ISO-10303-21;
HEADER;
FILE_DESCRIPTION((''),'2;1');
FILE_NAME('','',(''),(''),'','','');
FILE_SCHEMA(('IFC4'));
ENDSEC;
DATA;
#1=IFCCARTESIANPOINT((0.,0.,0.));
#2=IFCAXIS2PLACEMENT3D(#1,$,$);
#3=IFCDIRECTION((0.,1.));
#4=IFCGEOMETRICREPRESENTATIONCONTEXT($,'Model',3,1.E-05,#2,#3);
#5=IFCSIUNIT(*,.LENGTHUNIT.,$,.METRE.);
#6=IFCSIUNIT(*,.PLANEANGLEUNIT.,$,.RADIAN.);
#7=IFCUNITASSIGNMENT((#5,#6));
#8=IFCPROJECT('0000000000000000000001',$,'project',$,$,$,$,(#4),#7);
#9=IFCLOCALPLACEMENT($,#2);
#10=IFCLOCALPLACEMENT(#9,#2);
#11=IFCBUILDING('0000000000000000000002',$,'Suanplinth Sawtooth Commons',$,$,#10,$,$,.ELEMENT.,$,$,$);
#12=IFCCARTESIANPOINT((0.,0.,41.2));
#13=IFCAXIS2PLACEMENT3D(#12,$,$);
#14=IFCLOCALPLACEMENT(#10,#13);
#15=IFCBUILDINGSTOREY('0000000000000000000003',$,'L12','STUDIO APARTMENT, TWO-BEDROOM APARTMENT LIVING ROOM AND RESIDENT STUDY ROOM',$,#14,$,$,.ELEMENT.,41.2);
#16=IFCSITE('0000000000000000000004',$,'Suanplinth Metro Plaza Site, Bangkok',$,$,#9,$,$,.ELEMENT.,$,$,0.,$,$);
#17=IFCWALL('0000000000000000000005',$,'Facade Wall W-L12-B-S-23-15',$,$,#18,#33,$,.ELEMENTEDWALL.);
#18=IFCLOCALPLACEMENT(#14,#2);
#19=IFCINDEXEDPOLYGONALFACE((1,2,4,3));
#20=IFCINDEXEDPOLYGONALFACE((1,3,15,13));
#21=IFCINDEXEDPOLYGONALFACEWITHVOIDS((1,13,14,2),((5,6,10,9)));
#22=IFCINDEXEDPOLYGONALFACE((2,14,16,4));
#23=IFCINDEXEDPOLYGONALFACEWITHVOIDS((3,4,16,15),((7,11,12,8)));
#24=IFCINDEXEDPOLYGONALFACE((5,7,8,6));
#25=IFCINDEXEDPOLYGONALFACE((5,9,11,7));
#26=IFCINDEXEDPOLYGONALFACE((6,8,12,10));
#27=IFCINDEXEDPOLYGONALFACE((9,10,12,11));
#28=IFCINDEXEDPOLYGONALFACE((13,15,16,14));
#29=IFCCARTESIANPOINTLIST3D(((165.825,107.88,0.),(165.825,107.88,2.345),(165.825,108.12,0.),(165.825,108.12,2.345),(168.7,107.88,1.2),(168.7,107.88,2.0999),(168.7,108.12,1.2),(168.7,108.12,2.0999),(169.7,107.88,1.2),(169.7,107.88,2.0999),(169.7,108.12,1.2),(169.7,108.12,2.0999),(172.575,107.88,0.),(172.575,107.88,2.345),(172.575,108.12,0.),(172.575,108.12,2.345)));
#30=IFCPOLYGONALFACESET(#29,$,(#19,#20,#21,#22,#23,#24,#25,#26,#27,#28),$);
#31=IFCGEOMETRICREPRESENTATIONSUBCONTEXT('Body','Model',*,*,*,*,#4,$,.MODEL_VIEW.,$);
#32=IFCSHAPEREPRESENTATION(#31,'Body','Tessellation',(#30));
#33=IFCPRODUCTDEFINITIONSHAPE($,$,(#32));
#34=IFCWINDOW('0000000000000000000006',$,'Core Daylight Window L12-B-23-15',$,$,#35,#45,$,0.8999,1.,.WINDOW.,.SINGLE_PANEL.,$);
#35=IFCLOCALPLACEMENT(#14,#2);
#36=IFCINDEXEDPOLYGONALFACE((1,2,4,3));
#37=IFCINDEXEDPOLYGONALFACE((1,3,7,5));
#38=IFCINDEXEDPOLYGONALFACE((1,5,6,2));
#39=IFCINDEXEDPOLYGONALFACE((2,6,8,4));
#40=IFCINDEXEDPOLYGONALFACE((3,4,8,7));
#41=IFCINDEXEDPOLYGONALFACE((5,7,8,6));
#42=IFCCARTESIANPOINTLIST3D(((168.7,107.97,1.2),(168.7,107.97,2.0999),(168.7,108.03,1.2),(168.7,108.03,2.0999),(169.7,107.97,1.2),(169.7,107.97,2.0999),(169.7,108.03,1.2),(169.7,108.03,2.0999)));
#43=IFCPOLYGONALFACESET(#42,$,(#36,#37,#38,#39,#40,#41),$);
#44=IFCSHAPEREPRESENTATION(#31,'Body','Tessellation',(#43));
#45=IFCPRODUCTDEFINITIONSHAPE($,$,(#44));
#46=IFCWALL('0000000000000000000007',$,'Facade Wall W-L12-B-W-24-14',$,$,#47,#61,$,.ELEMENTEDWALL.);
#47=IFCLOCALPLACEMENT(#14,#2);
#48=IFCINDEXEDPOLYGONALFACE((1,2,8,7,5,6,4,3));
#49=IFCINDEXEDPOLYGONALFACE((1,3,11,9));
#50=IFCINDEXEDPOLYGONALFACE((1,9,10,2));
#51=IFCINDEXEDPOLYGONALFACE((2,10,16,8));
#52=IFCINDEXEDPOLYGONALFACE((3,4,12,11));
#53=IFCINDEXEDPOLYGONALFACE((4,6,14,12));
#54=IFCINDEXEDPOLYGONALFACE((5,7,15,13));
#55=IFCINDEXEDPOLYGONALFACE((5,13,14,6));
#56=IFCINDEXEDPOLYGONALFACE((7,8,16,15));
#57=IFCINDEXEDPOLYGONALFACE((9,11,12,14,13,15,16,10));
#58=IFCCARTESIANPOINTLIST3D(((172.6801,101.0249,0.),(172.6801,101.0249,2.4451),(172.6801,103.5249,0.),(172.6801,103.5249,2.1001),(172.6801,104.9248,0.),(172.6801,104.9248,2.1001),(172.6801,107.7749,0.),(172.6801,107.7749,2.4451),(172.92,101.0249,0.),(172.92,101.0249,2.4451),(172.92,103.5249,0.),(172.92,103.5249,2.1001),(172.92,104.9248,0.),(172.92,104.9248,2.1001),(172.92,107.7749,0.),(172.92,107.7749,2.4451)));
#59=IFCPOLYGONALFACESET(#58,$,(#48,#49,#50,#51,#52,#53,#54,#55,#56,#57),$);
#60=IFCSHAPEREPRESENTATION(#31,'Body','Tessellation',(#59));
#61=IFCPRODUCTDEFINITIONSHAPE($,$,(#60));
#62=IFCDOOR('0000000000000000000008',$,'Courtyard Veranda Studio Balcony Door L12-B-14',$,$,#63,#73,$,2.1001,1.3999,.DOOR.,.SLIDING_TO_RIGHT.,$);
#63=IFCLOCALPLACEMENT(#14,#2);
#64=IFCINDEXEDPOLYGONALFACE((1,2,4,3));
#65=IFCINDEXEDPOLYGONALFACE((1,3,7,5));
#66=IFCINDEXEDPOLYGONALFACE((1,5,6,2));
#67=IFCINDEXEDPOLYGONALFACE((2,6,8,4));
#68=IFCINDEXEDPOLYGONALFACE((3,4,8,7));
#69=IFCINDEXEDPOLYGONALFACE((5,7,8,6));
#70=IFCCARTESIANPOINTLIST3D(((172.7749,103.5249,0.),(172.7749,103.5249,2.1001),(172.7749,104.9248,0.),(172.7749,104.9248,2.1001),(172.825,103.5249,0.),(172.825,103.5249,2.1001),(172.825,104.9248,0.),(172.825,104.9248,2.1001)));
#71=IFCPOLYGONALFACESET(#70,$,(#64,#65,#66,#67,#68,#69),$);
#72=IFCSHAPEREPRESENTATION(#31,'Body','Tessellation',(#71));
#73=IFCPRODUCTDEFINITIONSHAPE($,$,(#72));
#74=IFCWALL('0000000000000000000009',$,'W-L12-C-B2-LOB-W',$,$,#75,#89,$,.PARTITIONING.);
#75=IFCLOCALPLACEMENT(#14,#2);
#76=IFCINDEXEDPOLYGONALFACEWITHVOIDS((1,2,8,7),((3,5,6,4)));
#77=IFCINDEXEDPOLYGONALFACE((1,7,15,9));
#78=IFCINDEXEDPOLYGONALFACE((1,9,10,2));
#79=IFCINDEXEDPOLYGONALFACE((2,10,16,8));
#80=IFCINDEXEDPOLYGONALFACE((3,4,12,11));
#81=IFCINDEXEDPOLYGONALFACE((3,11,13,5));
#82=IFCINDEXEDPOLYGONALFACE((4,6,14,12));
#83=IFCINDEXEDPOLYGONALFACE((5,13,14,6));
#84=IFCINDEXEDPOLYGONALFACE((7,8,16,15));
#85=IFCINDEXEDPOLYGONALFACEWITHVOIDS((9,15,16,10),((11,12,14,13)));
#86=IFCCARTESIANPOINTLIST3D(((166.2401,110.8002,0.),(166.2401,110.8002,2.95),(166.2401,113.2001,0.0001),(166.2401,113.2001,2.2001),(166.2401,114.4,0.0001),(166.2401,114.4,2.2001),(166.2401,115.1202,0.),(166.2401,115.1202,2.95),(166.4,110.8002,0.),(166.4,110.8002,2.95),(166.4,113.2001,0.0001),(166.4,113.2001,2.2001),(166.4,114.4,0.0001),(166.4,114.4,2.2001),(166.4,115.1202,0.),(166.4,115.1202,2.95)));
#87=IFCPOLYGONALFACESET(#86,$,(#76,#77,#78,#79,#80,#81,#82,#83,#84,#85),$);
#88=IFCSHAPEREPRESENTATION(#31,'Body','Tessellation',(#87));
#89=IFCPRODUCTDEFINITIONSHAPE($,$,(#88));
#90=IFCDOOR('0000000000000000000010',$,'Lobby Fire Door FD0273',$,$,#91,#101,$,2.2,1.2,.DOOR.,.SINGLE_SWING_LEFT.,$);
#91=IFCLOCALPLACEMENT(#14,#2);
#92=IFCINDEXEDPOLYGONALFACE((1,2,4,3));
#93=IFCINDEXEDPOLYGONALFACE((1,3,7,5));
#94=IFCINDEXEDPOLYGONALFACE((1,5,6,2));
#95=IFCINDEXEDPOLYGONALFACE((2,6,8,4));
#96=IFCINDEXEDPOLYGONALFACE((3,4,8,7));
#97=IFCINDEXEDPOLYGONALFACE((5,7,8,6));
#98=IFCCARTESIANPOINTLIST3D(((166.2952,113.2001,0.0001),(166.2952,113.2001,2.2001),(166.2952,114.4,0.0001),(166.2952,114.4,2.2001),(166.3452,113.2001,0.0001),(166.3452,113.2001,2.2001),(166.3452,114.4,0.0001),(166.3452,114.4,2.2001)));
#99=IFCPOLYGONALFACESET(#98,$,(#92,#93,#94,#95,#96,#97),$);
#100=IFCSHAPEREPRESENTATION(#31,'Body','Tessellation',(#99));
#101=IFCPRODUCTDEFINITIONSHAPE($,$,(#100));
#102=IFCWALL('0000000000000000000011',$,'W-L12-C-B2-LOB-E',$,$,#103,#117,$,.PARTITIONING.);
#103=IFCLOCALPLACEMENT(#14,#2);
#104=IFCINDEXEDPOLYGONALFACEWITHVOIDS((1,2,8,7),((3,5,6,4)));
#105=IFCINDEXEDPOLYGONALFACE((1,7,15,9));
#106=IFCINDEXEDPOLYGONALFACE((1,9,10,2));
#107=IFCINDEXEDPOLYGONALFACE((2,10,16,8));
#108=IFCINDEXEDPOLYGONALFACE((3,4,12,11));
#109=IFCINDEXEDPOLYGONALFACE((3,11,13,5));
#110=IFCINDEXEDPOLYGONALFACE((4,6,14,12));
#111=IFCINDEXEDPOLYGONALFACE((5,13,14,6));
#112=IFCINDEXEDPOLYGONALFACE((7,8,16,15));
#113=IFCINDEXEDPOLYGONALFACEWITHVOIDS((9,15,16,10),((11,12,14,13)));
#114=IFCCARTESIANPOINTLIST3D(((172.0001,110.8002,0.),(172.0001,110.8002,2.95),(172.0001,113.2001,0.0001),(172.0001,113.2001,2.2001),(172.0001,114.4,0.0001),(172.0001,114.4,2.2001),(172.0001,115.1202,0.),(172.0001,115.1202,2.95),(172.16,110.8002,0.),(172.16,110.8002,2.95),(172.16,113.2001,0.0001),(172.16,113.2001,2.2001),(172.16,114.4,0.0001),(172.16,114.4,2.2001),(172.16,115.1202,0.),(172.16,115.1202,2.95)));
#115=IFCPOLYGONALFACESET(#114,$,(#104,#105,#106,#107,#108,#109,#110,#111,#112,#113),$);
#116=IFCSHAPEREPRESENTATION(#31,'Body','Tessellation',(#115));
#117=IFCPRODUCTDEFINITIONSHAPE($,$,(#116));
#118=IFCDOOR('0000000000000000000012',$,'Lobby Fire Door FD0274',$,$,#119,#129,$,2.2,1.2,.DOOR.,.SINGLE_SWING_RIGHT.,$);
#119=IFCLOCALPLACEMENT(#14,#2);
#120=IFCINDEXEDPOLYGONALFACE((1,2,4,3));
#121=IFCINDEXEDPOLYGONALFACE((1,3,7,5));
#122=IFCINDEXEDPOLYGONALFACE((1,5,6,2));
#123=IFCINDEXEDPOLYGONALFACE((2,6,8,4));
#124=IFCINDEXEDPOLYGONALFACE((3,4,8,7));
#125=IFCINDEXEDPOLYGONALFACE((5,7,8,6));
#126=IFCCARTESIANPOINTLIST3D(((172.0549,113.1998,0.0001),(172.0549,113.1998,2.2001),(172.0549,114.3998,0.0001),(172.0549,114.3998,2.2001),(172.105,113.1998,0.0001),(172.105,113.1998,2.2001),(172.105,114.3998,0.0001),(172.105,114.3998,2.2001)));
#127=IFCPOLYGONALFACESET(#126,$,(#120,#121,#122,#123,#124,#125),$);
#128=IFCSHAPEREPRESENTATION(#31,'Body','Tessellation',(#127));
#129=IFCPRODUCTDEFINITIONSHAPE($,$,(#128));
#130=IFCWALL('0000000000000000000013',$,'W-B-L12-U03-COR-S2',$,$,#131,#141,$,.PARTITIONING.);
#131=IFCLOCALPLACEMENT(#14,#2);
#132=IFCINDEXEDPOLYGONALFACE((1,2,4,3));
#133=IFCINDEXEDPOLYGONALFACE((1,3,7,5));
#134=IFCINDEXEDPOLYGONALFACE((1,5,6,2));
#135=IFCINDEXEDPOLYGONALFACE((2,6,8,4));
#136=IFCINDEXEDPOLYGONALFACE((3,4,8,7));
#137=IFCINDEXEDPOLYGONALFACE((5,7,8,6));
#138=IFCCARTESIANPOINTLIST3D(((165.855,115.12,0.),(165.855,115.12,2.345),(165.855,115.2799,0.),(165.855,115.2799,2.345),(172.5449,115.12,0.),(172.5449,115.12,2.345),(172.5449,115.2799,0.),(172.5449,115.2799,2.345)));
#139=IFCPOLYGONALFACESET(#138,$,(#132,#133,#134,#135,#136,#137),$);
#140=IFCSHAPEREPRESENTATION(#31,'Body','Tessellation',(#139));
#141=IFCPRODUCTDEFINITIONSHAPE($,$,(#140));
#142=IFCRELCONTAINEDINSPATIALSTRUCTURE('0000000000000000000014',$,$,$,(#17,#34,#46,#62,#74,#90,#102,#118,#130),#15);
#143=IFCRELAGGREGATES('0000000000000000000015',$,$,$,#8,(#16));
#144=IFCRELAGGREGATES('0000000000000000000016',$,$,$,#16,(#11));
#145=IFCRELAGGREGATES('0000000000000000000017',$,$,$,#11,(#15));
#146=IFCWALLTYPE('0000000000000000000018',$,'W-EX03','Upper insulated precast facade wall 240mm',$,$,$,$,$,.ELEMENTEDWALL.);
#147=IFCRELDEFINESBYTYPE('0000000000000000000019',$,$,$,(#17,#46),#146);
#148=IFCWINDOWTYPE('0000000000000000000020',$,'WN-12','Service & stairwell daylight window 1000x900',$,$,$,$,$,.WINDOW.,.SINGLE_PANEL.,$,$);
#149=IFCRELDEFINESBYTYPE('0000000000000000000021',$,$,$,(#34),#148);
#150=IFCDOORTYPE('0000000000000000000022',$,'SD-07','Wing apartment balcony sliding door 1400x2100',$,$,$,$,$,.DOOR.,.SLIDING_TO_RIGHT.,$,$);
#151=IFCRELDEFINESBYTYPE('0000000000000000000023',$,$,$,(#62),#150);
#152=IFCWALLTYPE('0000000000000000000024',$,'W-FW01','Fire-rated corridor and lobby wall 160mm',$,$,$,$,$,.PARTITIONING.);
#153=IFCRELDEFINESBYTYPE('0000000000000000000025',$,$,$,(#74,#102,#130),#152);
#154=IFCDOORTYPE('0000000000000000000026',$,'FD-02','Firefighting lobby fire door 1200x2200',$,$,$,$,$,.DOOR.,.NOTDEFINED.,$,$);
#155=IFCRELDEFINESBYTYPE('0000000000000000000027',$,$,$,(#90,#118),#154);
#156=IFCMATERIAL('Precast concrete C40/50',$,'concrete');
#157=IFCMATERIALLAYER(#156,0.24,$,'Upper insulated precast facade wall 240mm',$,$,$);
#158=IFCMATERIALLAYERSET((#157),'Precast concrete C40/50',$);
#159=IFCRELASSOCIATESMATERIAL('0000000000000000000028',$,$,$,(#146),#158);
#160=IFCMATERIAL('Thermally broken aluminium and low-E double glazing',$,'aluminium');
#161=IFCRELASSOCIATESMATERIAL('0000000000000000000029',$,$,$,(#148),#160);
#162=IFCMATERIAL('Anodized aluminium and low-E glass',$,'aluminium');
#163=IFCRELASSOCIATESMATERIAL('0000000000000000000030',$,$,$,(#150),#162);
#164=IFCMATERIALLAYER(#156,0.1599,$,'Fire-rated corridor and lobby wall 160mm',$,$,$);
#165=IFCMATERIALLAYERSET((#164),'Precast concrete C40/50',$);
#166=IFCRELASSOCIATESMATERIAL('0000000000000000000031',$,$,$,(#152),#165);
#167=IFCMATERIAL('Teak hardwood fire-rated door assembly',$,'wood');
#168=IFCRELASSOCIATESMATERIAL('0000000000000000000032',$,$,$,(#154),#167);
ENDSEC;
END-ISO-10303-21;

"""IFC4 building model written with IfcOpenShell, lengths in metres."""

from ifc_helpers import new_model, si_unit, direction, frame, frame_2d, origin, place, context, subcontext, project, spatial, rectangle, extrude, material, layer, layer_set, type_object, element, fill, save


model = new_model("IFC4")

# Units and contexts
model_context = context("Model", 3, precision=1e-05, world=origin(), true_north=direction((0.0, 1.0)))
body_context = subcontext(model_context, "Body", "Model", "MODEL_VIEW")
ifc_project = project(units=[si_unit("LENGTHUNIT", "METRE"), si_unit("PLANEANGLEUNIT", "RADIAN")], contexts=[model_context])

# Site, building, storey
site_placement = place(None, origin())
site = spatial("IfcSite", under=ifc_project, at=site_placement, Name="Suanplinth Metro Plaza Site, Bangkok", CompositionType="ELEMENT", RefElevation=0.0)
building_placement = place(site_placement, origin())
building = spatial("IfcBuilding", under=site, at=building_placement, Name="Suanplinth Sawtooth Commons", CompositionType="ELEMENT")
storey_placement = place(building_placement, frame((0.0, 0.0, 41.2)))
storey = spatial("IfcBuildingStorey", under=building, at=storey_placement, Name="L12", Description="STUDIO APARTMENT, TWO-BEDROOM APARTMENT LIVING ROOM AND RESIDENT STUDY ROOM", CompositionType="ELEMENT", Elevation=41.2)

# Shared definitions
ifc_material_1 = material(Name="Precast concrete C40/50", Category="concrete")

# Wall, opening, window
ifc_layer_1 = layer(ifc_material_1, 0.24, Name="Upper insulated precast facade wall 240mm")
ifc_layer_set_1 = layer_set([ifc_layer_1], Name="Precast concrete C40/50")
wall_type_1 = type_object("IfcWallType", Name="W-EX03", Description="Upper insulated precast facade wall 240mm", PredefinedType="ELEMENTEDWALL", material=ifc_layer_set_1)
wall_1_placement = place(storey_placement, frame((165.825, 108.0, 0.0), z_axis=(0.0, 0.0, 1.0), x_axis=(1.0, 0.0, 0.0)))
wall_1 = element("IfcWall", 1, at=wall_1_placement, inside=storey, type_object=wall_type_1, Name="Facade Wall W-L12-B-S-23-15", PredefinedType="ELEMENTEDWALL", context=body_context, shape_type="SweptSolid", body=[
    extrude(rectangle(XDim=6.75, YDim=0.24, at=frame_2d((3.375, 0.0))), origin(), (0.0, 0.0, 1.0), 2.345),
])
opening_1_placement = place(wall_1_placement, frame((2.875, 0.0, 1.2)))
opening_1 = element("IfcOpeningElement", 2, at=opening_1_placement, cuts=wall_1, PredefinedType="OPENING", context=body_context, shape_type="SweptSolid", body=[
    extrude(rectangle(XDim=1.0, YDim=0.8999, at=frame_2d((0.5, 0.45))), frame((0.0, 0.1348, 0.0), z_axis=(0.0, -1.0, 0.0), x_axis=(1.0, 0.0, 0.0)), (0.0, 0.0, 1.0), 0.2698),
])
ifc_material_2 = material(Name="Thermally broken aluminium and low-E double glazing", Category="aluminium")
window_type = type_object("IfcWindowType", Name="WN-12", Description="Service & stairwell daylight window 1000x900", PartitioningType="SINGLE_PANEL", PredefinedType="WINDOW", material=ifc_material_2)
window_placement = place(opening_1_placement, origin())
window = element("IfcWindow", 3, at=window_placement, inside=storey, type_object=window_type, Name="Core Daylight Window L12-B-23-15", OverallHeight=0.8999, OverallWidth=1.0, PartitioningType="SINGLE_PANEL", PredefinedType="WINDOW", context=body_context, shape_type="SweptSolid", body=[
    extrude(rectangle(XDim=1.0, YDim=0.8999, at=frame_2d((0.5, 0.45))), frame((0.0, 0.03, 0.0), z_axis=(0.0, -1.0, 0.0), x_axis=(1.0, 0.0, 0.0)), (0.0, 0.0, 1.0), 0.0601),
])
fill(opening_1, window)

# Walls, openings, doors
wall_2_placement = place(storey_placement, frame((172.8, 101.0249, 0.0), z_axis=(0.0, 0.0, 1.0), x_axis=(0.0, 1.0, 0.0)))
wall_2 = element("IfcWall", 4, at=wall_2_placement, inside=storey, type_object=wall_type_1, Name="Facade Wall W-L12-B-W-24-14", PredefinedType="ELEMENTEDWALL", context=body_context, shape_type="SweptSolid", body=[
    extrude(rectangle(XDim=6.75, YDim=0.24, at=frame_2d((3.375, 0.0))), origin(), (0.0, 0.0, 1.0), 2.4451),
])
opening_2_placement = place(wall_2_placement, frame((2.5, 0.0, 0.0)))
opening_2 = element("IfcOpeningElement", 5, at=opening_2_placement, cuts=wall_2, PredefinedType="OPENING", context=body_context, shape_type="SweptSolid", body=[
    extrude(rectangle(XDim=1.3999, YDim=2.1001, at=frame_2d((0.7, 1.05))), frame((0.0, 0.1348, 0.0), z_axis=(0.0, -1.0, 0.0), x_axis=(1.0, 0.0, 0.0)), (0.0, 0.0, 1.0), 0.2698),
])
ifc_material_3 = material(Name="Anodized aluminium and low-E glass", Category="aluminium")
door_type_1 = type_object("IfcDoorType", Name="SD-07", Description="Wing apartment balcony sliding door 1400x2100", OperationType="SLIDING_TO_RIGHT", PredefinedType="DOOR", material=ifc_material_3)
door_1_placement = place(opening_2_placement, frame((1.3999, 0.0, 0.0), z_axis=(0.0, 0.0, 1.0), x_axis=(-1.0, 0.0, 0.0)))
door_1 = element("IfcDoor", 6, at=door_1_placement, inside=storey, type_object=door_type_1, Name="Courtyard Veranda Studio Balcony Door L12-B-14", OperationType="SLIDING_TO_RIGHT", OverallHeight=2.1001, OverallWidth=1.3999, PredefinedType="DOOR", context=body_context, shape_type="SweptSolid", body=[
    extrude(rectangle(XDim=1.3999, YDim=2.1001, at=frame_2d((0.7, 1.05))), frame((0.0, 0.0249, 0.0), z_axis=(0.0, -1.0, 0.0), x_axis=(1.0, 0.0, 0.0)), (0.0, 0.0, 1.0), 0.05),
])
fill(opening_2, door_1)
ifc_layer_2 = layer(ifc_material_1, 0.1599, Name="Fire-rated corridor and lobby wall 160mm")
ifc_layer_set_2 = layer_set([ifc_layer_2], Name="Precast concrete C40/50")
wall_type_2 = type_object("IfcWallType", Name="W-FW01", Description="Fire-rated corridor and lobby wall 160mm", PredefinedType="PARTITIONING", material=ifc_layer_set_2)
wall_3_placement = place(storey_placement, frame((166.3201, 110.8, 0.0), z_axis=(0.0, 0.0, 1.0), x_axis=(0.0, 1.0, 0.0)))
wall_3 = element("IfcWall", 7, at=wall_3_placement, inside=storey, type_object=wall_type_2, Name="W-L12-C-B2-LOB-W", PredefinedType="PARTITIONING", context=body_context, shape_type="SweptSolid", body=[
    extrude(rectangle(XDim=4.3201, YDim=0.1599, at=frame_2d((2.1602, 0.0))), origin(), (0.0, 0.0, 1.0), 2.95),
])
opening_3_placement = place(wall_3_placement, frame((2.3999, 0.0, 0.0)))
opening_3 = element("IfcOpeningElement", 8, at=opening_3_placement, cuts=wall_3, PredefinedType="OPENING", context=body_context, shape_type="SweptSolid", body=[
    extrude(rectangle(XDim=1.2, YDim=2.2, at=frame_2d((0.6001, 1.1001))), frame((0.0, 0.0947, 0.0), z_axis=(0.0, -1.0, 0.0), x_axis=(1.0, 0.0, 0.0)), (0.0, 0.0, 1.0), 0.1897),
])
ifc_material_4 = material(Name="Teak hardwood fire-rated door assembly", Category="wood")
door_type_2 = type_object("IfcDoorType", Name="FD-02", Description="Firefighting lobby fire door 1200x2200", OperationType="NOTDEFINED", PredefinedType="DOOR", material=ifc_material_4)
door_2_placement = place(opening_3_placement, origin())
door_2 = element("IfcDoor", 9, at=door_2_placement, inside=storey, type_object=door_type_2, Name="Lobby Fire Door FD0273", OperationType="SINGLE_SWING_LEFT", OverallHeight=2.2, OverallWidth=1.2, PredefinedType="DOOR", context=body_context, shape_type="SweptSolid", body=[
    extrude(rectangle(XDim=1.2, YDim=2.2, at=frame_2d((0.6001, 1.1001))), frame((0.0, 0.0249, 0.0), z_axis=(0.0, -1.0, 0.0), x_axis=(1.0, 0.0, 0.0)), (0.0, 0.0, 1.0), 0.05),
])
fill(opening_3, door_2)
wall_4_placement = place(storey_placement, frame((172.0801, 110.8, 0.0), z_axis=(0.0, 0.0, 1.0), x_axis=(0.0, 1.0, 0.0)))
wall_4 = element("IfcWall", 10, at=wall_4_placement, inside=storey, type_object=wall_type_2, Name="W-L12-C-B2-LOB-E", PredefinedType="PARTITIONING", context=body_context, shape_type="SweptSolid", body=[
    extrude(rectangle(XDim=4.3201, YDim=0.1599, at=frame_2d((2.1602, 0.0))), origin(), (0.0, 0.0, 1.0), 2.95),
])
opening_4_placement = place(wall_4_placement, frame((2.3999, 0.0, 0.0)))
opening_4 = element("IfcOpeningElement", 11, at=opening_4_placement, cuts=wall_4, PredefinedType="OPENING", context=body_context, shape_type="SweptSolid", body=[
    extrude(rectangle(XDim=1.2, YDim=2.2, at=frame_2d((0.6001, 1.1001))), frame((0.0, 0.0947, 0.0), z_axis=(0.0, -1.0, 0.0), x_axis=(1.0, 0.0, 0.0)), (0.0, 0.0, 1.0), 0.1897),
])
door_3_placement = place(opening_4_placement, frame((1.2, 0.0, 0.0), z_axis=(0.0, 0.0, 1.0), x_axis=(-1.0, 0.0, 0.0)))
door_3 = element("IfcDoor", 12, at=door_3_placement, inside=storey, type_object=door_type_2, Name="Lobby Fire Door FD0274", OperationType="SINGLE_SWING_RIGHT", OverallHeight=2.2, OverallWidth=1.2, PredefinedType="DOOR", context=body_context, shape_type="SweptSolid", body=[
    extrude(rectangle(XDim=1.2, YDim=2.2, at=frame_2d((0.6001, 1.1001))), frame((0.0, 0.0249, 0.0), z_axis=(0.0, -1.0, 0.0), x_axis=(1.0, 0.0, 0.0)), (0.0, 0.0, 1.0), 0.05),
])
fill(opening_4, door_3)

# Wall
wall_5_placement = place(storey_placement, frame((165.855, 115.2, 0.0), z_axis=(0.0, 0.0, 1.0), x_axis=(1.0, 0.0, 0.0)))
element("IfcWall", 13, at=wall_5_placement, inside=storey, type_object=wall_type_2, Name="W-B-L12-U03-COR-S2", PredefinedType="PARTITIONING", context=body_context, shape_type="SweptSolid", body=[
    extrude(rectangle(XDim=6.6899, YDim=0.1599, at=frame_2d((3.345, 0.0))), origin(), (0.0, 0.0, 1.0), 2.345),
])

save(model, "model.ifc")
